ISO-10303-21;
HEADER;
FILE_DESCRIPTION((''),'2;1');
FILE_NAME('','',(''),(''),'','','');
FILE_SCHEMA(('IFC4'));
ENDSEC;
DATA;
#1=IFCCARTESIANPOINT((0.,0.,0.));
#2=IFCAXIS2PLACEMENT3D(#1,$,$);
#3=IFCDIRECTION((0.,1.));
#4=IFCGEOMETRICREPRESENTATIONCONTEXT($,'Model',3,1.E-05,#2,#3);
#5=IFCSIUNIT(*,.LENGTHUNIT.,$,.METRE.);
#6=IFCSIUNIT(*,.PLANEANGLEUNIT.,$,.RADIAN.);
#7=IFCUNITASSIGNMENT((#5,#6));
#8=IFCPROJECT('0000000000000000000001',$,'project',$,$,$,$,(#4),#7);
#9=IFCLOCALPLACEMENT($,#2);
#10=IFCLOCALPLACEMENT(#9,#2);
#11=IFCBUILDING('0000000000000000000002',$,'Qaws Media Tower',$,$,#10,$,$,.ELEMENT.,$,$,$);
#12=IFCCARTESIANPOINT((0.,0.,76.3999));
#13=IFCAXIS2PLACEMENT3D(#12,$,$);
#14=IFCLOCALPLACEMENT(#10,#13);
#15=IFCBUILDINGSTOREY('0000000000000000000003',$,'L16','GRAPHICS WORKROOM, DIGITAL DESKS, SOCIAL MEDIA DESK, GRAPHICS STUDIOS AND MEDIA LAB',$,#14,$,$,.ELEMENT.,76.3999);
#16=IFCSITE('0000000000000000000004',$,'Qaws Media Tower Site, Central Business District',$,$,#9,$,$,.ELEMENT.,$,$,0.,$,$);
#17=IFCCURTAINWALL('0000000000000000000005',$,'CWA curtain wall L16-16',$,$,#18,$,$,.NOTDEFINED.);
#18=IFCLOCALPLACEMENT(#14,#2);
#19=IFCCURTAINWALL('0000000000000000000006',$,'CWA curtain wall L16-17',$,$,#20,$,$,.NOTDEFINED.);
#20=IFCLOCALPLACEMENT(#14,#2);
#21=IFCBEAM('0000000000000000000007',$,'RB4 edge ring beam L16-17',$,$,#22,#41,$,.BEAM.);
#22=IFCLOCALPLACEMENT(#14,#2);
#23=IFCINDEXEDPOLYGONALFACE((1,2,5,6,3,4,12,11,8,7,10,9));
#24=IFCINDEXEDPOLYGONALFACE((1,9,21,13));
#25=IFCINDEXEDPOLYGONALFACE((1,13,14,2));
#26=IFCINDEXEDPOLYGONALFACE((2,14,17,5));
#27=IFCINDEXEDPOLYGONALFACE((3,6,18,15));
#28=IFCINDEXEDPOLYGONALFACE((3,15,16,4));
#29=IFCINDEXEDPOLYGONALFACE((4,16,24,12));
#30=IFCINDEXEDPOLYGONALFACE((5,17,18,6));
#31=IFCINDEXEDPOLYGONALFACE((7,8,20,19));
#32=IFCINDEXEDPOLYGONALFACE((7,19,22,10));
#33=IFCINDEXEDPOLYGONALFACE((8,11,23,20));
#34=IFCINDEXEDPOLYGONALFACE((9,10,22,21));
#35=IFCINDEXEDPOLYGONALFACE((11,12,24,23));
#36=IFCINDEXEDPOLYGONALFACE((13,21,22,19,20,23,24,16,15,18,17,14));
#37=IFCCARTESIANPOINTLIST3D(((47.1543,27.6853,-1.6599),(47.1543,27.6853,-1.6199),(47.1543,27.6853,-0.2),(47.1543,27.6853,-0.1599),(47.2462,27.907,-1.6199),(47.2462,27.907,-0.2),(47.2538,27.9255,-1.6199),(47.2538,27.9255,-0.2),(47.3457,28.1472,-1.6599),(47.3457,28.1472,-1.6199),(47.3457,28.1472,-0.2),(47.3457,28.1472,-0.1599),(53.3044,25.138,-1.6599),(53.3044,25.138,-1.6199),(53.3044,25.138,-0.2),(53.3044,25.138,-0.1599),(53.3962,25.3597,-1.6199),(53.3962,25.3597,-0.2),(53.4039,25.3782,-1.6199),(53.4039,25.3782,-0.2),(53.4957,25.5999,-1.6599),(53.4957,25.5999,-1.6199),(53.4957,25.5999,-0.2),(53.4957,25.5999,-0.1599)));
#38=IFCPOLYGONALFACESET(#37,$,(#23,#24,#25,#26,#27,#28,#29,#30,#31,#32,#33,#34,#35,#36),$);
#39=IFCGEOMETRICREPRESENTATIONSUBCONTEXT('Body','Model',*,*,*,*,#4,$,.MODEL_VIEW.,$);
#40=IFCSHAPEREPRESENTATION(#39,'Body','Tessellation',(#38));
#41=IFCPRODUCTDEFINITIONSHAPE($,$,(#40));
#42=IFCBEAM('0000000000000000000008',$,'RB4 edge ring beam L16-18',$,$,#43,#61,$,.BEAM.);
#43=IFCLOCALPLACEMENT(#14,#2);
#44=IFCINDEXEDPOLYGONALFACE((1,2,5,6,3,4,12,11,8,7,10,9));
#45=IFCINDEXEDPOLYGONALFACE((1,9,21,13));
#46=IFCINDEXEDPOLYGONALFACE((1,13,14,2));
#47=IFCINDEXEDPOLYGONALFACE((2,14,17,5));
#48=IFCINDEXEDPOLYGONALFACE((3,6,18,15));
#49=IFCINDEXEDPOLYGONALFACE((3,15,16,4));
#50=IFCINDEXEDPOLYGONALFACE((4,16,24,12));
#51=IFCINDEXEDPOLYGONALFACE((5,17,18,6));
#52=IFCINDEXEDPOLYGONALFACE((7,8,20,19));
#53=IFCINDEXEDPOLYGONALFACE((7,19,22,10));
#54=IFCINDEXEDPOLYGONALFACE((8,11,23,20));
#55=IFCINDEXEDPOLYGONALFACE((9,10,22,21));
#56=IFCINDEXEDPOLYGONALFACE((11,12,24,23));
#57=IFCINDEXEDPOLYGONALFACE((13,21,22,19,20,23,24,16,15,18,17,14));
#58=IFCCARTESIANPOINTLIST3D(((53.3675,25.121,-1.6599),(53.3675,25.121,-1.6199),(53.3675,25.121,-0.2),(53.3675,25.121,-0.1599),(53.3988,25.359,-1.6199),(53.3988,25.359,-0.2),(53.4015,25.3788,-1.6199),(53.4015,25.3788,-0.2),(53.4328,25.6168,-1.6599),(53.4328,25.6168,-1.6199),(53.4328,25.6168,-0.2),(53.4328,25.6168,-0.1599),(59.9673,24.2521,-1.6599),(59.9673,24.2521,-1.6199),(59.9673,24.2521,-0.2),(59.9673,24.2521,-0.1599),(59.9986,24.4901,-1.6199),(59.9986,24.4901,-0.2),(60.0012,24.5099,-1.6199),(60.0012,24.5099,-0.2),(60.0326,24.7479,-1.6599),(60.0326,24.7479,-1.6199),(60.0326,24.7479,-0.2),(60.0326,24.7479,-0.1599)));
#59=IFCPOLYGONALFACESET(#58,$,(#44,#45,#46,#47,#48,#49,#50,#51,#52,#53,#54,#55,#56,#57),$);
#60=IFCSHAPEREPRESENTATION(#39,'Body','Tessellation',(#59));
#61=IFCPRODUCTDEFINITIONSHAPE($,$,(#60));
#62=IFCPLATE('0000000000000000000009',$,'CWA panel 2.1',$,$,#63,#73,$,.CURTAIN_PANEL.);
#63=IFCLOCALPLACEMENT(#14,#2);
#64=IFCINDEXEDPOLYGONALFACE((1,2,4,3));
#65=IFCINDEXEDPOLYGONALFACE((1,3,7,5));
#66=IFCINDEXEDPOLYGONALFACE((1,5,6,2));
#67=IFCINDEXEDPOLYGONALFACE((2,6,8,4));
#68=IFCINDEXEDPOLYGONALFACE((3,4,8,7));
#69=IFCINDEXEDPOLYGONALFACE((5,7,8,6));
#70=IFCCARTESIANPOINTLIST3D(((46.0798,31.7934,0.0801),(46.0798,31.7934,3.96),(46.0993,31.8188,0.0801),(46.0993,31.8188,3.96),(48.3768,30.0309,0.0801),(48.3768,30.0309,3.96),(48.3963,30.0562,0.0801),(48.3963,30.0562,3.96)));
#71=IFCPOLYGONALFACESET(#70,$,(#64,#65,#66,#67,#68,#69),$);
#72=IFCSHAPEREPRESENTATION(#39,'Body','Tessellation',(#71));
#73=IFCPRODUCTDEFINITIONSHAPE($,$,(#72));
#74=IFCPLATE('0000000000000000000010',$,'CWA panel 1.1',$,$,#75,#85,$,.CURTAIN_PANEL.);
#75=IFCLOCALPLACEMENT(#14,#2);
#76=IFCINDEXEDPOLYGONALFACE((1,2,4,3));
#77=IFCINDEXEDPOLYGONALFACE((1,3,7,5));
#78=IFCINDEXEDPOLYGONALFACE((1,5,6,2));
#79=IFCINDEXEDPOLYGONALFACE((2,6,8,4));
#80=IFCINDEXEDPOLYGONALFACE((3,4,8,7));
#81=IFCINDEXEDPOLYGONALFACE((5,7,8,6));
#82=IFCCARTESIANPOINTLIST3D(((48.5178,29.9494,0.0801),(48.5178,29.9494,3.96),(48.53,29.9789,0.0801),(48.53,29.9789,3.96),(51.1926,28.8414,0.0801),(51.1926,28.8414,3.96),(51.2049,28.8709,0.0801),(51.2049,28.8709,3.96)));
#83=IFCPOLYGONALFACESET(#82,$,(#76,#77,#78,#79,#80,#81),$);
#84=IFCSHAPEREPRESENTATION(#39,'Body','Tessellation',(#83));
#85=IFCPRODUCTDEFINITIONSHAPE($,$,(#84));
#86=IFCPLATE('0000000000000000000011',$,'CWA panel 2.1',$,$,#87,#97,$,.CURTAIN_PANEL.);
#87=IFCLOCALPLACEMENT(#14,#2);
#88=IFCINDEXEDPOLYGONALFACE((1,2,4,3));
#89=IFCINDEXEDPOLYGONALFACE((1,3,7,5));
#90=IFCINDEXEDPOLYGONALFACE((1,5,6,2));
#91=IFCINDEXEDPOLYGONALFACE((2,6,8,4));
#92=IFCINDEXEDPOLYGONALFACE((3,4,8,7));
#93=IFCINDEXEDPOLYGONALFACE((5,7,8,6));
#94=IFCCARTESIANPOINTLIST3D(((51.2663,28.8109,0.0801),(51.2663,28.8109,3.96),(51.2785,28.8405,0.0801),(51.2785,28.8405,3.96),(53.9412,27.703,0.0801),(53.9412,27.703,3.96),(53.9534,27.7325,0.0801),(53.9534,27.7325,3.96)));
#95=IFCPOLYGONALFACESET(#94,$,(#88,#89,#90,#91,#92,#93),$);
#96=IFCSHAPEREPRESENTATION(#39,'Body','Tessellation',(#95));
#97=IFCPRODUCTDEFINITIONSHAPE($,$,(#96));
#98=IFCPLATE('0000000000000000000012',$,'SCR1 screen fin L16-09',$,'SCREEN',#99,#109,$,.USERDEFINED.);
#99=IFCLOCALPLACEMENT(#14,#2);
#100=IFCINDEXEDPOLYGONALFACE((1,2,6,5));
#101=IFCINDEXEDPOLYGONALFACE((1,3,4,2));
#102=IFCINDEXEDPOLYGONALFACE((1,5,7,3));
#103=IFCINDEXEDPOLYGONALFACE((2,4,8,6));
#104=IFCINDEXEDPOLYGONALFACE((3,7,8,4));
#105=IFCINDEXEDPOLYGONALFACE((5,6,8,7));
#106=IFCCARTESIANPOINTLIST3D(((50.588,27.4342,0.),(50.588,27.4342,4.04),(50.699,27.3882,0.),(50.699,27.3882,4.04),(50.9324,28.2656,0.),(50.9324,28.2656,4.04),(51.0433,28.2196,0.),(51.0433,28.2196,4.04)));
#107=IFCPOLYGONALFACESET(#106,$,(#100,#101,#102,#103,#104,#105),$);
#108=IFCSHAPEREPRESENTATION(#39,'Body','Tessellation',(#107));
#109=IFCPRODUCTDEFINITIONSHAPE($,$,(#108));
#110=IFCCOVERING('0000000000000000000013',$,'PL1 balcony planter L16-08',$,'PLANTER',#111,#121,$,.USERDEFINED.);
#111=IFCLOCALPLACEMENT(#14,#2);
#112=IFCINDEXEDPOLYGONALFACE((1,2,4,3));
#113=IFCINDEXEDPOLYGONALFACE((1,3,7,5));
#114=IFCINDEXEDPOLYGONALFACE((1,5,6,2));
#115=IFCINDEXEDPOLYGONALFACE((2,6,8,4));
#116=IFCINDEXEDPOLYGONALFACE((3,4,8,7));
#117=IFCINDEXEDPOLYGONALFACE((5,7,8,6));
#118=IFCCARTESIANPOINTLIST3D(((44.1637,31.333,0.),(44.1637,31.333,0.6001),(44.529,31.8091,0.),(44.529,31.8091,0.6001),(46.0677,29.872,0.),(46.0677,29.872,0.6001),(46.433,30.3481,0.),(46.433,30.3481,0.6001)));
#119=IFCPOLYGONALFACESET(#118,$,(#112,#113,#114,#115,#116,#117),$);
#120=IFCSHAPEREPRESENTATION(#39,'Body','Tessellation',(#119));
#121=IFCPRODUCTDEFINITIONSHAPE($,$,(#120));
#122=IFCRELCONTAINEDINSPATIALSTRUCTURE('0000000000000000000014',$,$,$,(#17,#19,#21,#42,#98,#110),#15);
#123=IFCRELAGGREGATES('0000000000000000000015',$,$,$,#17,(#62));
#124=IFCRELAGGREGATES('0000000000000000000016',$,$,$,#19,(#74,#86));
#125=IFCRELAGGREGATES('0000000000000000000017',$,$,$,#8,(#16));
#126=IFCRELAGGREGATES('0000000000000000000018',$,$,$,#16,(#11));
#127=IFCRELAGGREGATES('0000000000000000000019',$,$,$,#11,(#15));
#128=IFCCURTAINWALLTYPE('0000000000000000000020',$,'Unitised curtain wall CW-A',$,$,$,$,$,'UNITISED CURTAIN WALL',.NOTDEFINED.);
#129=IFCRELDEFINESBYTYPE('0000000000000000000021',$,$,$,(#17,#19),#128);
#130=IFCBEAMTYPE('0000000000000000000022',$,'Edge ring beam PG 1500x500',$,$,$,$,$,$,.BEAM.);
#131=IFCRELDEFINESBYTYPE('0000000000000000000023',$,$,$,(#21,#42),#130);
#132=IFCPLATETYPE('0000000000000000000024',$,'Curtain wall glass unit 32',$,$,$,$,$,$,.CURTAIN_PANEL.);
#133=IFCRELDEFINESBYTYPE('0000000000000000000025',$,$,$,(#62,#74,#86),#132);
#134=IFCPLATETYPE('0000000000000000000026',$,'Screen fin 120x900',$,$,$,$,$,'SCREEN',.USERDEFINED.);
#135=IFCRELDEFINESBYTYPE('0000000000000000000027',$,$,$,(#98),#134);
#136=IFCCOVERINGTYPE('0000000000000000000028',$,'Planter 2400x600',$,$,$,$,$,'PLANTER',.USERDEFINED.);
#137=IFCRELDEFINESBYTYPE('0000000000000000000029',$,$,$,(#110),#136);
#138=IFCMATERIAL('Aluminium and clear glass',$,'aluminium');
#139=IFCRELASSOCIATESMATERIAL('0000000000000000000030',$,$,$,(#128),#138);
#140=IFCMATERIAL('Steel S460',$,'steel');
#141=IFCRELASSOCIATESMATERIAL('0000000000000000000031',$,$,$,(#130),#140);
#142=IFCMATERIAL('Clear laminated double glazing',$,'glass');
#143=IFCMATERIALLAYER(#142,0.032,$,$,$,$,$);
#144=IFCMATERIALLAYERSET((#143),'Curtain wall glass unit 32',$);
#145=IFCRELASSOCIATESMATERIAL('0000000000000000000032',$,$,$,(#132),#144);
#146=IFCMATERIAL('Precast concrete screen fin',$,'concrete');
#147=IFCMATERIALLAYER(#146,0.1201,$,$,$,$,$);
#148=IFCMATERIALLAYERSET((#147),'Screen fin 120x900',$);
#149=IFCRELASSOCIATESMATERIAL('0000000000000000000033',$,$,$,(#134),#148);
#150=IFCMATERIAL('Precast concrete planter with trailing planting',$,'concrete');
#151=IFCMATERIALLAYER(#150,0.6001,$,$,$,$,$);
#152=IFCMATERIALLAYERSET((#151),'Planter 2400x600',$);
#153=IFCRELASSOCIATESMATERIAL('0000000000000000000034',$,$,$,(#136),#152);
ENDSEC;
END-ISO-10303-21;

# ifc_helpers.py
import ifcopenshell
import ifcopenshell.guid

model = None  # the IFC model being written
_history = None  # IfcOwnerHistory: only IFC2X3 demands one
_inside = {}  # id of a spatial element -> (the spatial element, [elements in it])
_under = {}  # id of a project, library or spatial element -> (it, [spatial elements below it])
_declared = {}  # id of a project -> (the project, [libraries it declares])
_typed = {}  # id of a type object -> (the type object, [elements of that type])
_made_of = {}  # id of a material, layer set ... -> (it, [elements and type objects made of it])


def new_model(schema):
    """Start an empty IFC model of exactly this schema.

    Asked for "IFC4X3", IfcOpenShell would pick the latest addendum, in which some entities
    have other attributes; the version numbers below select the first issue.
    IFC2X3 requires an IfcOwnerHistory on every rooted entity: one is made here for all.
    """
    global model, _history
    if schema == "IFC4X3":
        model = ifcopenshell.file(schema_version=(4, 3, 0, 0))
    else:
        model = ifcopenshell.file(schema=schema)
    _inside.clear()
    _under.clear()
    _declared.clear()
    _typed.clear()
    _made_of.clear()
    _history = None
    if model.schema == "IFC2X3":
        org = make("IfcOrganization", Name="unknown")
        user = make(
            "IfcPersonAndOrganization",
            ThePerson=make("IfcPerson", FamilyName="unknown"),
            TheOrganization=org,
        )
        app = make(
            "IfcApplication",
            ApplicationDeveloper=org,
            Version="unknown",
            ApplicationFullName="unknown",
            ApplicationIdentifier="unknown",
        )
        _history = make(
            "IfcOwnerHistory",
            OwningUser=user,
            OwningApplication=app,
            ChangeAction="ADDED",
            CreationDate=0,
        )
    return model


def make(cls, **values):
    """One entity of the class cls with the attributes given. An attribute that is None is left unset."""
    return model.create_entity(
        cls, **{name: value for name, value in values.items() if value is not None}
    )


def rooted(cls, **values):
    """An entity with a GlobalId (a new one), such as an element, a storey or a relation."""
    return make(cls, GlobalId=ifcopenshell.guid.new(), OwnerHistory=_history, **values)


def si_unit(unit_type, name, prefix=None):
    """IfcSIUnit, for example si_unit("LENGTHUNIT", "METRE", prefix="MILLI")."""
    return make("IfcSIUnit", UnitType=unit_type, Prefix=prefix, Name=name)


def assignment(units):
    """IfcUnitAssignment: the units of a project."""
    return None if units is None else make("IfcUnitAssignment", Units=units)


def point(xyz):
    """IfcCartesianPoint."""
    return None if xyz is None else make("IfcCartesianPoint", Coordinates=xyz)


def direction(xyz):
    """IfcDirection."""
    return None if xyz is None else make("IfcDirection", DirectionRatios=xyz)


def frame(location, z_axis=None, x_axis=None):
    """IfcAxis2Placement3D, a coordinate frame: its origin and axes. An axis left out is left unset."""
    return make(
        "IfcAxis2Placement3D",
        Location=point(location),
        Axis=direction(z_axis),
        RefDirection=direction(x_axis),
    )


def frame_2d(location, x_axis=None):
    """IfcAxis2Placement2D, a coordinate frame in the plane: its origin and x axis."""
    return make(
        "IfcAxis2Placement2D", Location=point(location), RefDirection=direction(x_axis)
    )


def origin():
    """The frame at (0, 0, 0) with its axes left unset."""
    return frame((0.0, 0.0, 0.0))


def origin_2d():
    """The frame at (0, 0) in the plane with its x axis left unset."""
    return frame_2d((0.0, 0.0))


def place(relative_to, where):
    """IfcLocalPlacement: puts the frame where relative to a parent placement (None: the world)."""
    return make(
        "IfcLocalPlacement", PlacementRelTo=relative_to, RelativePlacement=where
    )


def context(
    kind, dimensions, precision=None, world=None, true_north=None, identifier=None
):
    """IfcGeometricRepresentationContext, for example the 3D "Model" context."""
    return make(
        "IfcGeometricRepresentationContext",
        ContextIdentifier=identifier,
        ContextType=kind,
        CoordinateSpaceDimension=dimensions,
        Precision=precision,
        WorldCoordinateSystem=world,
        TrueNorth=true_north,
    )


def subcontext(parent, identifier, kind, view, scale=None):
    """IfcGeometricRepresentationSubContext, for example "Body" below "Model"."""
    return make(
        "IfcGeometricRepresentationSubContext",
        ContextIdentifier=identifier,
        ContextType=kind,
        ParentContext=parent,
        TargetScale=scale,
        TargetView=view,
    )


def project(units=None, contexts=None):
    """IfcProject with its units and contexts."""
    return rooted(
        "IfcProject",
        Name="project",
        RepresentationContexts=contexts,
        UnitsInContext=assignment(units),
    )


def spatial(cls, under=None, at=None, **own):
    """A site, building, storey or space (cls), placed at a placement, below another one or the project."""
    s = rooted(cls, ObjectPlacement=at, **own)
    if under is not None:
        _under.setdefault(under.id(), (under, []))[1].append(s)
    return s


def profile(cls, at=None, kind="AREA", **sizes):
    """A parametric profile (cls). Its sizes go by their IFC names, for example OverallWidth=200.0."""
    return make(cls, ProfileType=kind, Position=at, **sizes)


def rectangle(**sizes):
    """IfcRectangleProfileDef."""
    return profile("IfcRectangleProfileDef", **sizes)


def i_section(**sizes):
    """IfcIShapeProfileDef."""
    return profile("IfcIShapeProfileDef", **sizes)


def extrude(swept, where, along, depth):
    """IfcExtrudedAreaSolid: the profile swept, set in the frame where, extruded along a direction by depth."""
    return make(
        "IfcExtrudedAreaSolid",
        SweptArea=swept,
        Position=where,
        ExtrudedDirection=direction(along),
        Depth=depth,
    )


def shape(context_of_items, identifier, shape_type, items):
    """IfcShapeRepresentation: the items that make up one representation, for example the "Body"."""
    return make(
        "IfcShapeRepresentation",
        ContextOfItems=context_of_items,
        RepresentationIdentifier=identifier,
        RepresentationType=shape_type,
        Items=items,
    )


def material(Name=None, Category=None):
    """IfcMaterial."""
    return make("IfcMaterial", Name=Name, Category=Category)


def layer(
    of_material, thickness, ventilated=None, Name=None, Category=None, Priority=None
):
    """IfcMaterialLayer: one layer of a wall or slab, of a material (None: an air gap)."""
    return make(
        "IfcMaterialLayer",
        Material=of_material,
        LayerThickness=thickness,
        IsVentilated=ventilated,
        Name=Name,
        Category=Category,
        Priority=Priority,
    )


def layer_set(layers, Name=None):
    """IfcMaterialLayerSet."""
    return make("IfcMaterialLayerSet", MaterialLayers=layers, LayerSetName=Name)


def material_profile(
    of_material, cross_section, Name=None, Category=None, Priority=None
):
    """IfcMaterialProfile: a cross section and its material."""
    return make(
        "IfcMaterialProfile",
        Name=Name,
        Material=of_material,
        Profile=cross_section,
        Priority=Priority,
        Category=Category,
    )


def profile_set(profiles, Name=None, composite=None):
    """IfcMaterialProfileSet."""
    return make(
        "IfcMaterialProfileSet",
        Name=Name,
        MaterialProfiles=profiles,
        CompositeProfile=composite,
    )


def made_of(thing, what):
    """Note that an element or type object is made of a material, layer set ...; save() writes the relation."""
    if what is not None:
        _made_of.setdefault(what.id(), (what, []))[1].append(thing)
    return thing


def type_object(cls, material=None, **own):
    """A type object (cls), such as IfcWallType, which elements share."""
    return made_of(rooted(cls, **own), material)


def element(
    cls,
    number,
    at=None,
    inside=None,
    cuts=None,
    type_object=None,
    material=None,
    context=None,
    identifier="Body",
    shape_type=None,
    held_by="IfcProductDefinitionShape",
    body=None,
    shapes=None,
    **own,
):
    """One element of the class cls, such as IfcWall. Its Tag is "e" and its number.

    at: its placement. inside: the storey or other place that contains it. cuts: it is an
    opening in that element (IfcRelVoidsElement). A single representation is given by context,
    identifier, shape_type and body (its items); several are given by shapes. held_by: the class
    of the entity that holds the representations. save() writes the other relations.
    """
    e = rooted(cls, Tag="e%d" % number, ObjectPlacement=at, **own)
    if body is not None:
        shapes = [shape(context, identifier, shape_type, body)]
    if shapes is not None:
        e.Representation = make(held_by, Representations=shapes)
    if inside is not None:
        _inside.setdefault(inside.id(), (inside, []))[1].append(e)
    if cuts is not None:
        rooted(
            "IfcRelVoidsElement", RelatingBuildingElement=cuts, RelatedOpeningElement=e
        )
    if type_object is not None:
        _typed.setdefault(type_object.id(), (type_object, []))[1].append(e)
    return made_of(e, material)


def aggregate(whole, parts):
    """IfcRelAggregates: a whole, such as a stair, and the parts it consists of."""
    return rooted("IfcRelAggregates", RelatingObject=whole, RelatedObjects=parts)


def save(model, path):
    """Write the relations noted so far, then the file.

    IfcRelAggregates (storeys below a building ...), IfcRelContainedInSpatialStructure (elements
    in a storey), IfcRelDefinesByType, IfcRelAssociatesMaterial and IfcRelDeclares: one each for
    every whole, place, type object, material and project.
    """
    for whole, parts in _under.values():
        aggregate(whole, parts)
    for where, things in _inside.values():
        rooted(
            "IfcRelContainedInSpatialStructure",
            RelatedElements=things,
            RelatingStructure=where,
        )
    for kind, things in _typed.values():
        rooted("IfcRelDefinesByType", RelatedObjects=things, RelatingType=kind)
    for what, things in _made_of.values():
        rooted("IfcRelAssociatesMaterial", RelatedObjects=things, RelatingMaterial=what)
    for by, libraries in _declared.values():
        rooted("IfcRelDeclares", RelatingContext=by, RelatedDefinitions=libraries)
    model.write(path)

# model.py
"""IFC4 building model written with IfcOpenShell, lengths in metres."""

from ifc_helpers import new_model, si_unit, direction, frame, origin, origin_2d, place, context, subcontext, project, spatial, rectangle, i_section, extrude, material, layer, layer_set, material_profile, profile_set, type_object, element, aggregate, save


model = new_model("IFC4")

# Units and contexts
model_context = context("Model", 3, precision=1e-05, world=origin(), true_north=direction((0.0, 1.0)))
body_context = subcontext(model_context, "Body", "Model", "MODEL_VIEW")
ifc_project = project(units=[si_unit("LENGTHUNIT", "METRE"), si_unit("PLANEANGLEUNIT", "RADIAN")], contexts=[model_context])

# Site, building, storey
site_placement = place(None, origin())
site = spatial("IfcSite", under=ifc_project, at=site_placement, Name="Qaws Media Tower Site, Central Business District", CompositionType="ELEMENT", RefElevation=0.0)
building_placement = place(site_placement, origin())
building = spatial("IfcBuilding", under=site, at=building_placement, Name="Qaws Media Tower", CompositionType="ELEMENT")
storey_placement = place(building_placement, frame((0.0, 0.0, 76.3999)))
storey = spatial("IfcBuildingStorey", under=building, at=storey_placement, Name="L16", Description="GRAPHICS WORKROOM, DIGITAL DESKS, SOCIAL MEDIA DESK, GRAPHICS STUDIOS AND MEDIA LAB", CompositionType="ELEMENT", Elevation=76.3999)

# Curtain walls
ifc_material_1 = material(Name="Aluminium and clear glass", Category="aluminium")
curtain_wall_type = type_object("IfcCurtainWallType", Name="Unitised curtain wall CW-A", ElementType="UNITISED CURTAIN WALL", PredefinedType="NOTDEFINED", material=ifc_material_1)
curtain_wall_1_placement = place(storey_placement, origin())
curtain_wall_1 = element("IfcCurtainWall", 1, at=curtain_wall_1_placement, inside=storey, type_object=curtain_wall_type, Name="CWA curtain wall L16-16", PredefinedType="NOTDEFINED")
curtain_wall_2_placement = place(storey_placement, origin())
curtain_wall_2 = element("IfcCurtainWall", 2, at=curtain_wall_2_placement, inside=storey, type_object=curtain_wall_type, Name="CWA curtain wall L16-17", PredefinedType="NOTDEFINED")

# Beams
ifc_material_2 = material(Name="Steel S460", Category="steel")
ifc_material_profile_1 = material_profile(ifc_material_2, i_section(OverallWidth=0.5, OverallDepth=1.5, WebThickness=0.02, FlangeThickness=0.04, at=origin_2d()), Name="PG 1500x500")
ifc_profile_set_1 = profile_set([ifc_material_profile_1], Name="Steel S460")
beam_type = type_object("IfcBeamType", Name="Edge ring beam PG 1500x500", PredefinedType="BEAM", material=ifc_profile_set_1)
for number, where, z_axis, x_axis, name in (
    (3, (47.25, 27.9163, -0.9099), (0.923885, -0.382669, 0.0), (0.382669, 0.923885, 0.0), "RB4 edge ring beam L16-17"),
    (4, (53.4001, 25.3689, -0.9099), (0.991445, -0.130528, 0.0), (0.130528, 0.991445, 0.0), "RB4 edge ring beam L16-18"),
):
    element("IfcBeam", number, at=place(storey_placement, frame(where, z_axis=z_axis, x_axis=x_axis)), inside=storey, type_object=beam_type, Name=name, PredefinedType="BEAM", context=body_context, shape_type="SweptSolid", body=[
        extrude(i_section(OverallWidth=0.5, OverallDepth=1.5, WebThickness=0.02, FlangeThickness=0.04, at=origin_2d()), origin(), (0.0, 0.0, 1.0), 6.6567),
    ])

# Plates
ifc_material_3 = material(Name="Clear laminated double glazing", Category="glass")
ifc_layer_1 = layer(ifc_material_3, 0.032)
ifc_layer_set_1 = layer_set([ifc_layer_1], Name="Curtain wall glass unit 32")
plate_type_1 = type_object("IfcPlateType", Name="Curtain wall glass unit 32", PredefinedType="CURTAIN_PANEL", material=ifc_layer_set_1)
plate_1_placement = place(storey_placement, frame((47.238, 30.9248, 0.0801), z_axis=(0.0, 0.0, 1.0), x_axis=(0.793353, -0.608761, 0.0)))
plate_1 = element("IfcPlate", 5, at=plate_1_placement, type_object=plate_type_1, Name="CWA panel 2.1", PredefinedType="CURTAIN_PANEL", context=body_context, shape_type="SweptSolid", body=[
    extrude(rectangle(XDim=2.8953, YDim=0.032, at=origin_2d()), origin(), (0.0, 0.0, 1.0), 3.8799),
])
aggregate(curtain_wall_1, [plate_1])
plate_2_placement = place(storey_placement, frame((49.8613, 29.4102, 0.0801), z_axis=(0.0, 0.0, 1.0), x_axis=(0.92388, -0.382683, 0.0)))
plate_2 = element("IfcPlate", 6, at=plate_2_placement, type_object=plate_type_1, Name="CWA panel 1.1", PredefinedType="CURTAIN_PANEL", context=body_context, shape_type="SweptSolid", body=[
    extrude(rectangle(XDim=2.8953, YDim=0.032, at=origin_2d()), origin(), (0.0, 0.0, 1.0), 3.8799),
])
plate_3_placement = place(storey_placement, frame((52.6099, 28.2717, 0.0801), z_axis=(0.0, 0.0, 1.0), x_axis=(0.92388, -0.382683, 0.0)))
plate_3 = element("IfcPlate", 7, at=plate_3_placement, type_object=plate_type_1, Name="CWA panel 2.1", PredefinedType="CURTAIN_PANEL", context=body_context, shape_type="SweptSolid", body=[
    extrude(rectangle(XDim=2.8953, YDim=0.032, at=origin_2d()), origin(), (0.0, 0.0, 1.0), 3.8799),
])
aggregate(curtain_wall_2, [plate_2, plate_3])
ifc_material_4 = material(Name="Precast concrete screen fin", Category="concrete")
ifc_layer_2 = layer(ifc_material_4, 0.1201)
ifc_layer_set_2 = layer_set([ifc_layer_2], Name="Screen fin 120x900")
plate_type_2 = type_object("IfcPlateType", Name="Screen fin 120x900", ElementType="SCREEN", PredefinedType="USERDEFINED", material=ifc_layer_set_2)
plate_4_placement = place(storey_placement, frame((50.8157, 27.8269, 0.0), z_axis=(0.0, 0.0, 1.0), x_axis=(-0.382683, -0.92388, 0.0)))
element("IfcPlate", 8, at=plate_4_placement, inside=storey, type_object=plate_type_2, Name="SCR1 screen fin L16-09", ObjectType="SCREEN", PredefinedType="USERDEFINED", context=body_context, shape_type="SweptSolid", body=[
    extrude(rectangle(XDim=0.8999, YDim=0.1201, at=origin_2d()), origin(), (0.0, 0.0, 1.0), 4.04),
])

# Covering
ifc_material_5 = material(Name="Precast concrete planter with trailing planting", Category="concrete")
ifc_layer_3 = layer(ifc_material_5, 0.6001)
ifc_layer_set_3 = layer_set([ifc_layer_3], Name="Planter 2400x600")
covering_type = type_object("IfcCoveringType", Name="Planter 2400x600", ElementType="PLANTER", PredefinedType="USERDEFINED", material=ifc_layer_set_3)
covering_placement = place(storey_placement, frame((45.2983, 30.8406, 0.0), z_axis=(0.0, 0.0, 1.0), x_axis=(0.793353, -0.608761, 0.0)))
element("IfcCovering", 9, at=covering_placement, inside=storey, type_object=covering_type, Name="PL1 balcony planter L16-08", ObjectType="PLANTER", PredefinedType="USERDEFINED", context=body_context, shape_type="SweptSolid", body=[
    extrude(rectangle(XDim=2.3999, YDim=0.6001, at=origin_2d()), origin(), (0.0, 0.0, 1.0), 0.6001),
])

save(model, "model.ifc")
